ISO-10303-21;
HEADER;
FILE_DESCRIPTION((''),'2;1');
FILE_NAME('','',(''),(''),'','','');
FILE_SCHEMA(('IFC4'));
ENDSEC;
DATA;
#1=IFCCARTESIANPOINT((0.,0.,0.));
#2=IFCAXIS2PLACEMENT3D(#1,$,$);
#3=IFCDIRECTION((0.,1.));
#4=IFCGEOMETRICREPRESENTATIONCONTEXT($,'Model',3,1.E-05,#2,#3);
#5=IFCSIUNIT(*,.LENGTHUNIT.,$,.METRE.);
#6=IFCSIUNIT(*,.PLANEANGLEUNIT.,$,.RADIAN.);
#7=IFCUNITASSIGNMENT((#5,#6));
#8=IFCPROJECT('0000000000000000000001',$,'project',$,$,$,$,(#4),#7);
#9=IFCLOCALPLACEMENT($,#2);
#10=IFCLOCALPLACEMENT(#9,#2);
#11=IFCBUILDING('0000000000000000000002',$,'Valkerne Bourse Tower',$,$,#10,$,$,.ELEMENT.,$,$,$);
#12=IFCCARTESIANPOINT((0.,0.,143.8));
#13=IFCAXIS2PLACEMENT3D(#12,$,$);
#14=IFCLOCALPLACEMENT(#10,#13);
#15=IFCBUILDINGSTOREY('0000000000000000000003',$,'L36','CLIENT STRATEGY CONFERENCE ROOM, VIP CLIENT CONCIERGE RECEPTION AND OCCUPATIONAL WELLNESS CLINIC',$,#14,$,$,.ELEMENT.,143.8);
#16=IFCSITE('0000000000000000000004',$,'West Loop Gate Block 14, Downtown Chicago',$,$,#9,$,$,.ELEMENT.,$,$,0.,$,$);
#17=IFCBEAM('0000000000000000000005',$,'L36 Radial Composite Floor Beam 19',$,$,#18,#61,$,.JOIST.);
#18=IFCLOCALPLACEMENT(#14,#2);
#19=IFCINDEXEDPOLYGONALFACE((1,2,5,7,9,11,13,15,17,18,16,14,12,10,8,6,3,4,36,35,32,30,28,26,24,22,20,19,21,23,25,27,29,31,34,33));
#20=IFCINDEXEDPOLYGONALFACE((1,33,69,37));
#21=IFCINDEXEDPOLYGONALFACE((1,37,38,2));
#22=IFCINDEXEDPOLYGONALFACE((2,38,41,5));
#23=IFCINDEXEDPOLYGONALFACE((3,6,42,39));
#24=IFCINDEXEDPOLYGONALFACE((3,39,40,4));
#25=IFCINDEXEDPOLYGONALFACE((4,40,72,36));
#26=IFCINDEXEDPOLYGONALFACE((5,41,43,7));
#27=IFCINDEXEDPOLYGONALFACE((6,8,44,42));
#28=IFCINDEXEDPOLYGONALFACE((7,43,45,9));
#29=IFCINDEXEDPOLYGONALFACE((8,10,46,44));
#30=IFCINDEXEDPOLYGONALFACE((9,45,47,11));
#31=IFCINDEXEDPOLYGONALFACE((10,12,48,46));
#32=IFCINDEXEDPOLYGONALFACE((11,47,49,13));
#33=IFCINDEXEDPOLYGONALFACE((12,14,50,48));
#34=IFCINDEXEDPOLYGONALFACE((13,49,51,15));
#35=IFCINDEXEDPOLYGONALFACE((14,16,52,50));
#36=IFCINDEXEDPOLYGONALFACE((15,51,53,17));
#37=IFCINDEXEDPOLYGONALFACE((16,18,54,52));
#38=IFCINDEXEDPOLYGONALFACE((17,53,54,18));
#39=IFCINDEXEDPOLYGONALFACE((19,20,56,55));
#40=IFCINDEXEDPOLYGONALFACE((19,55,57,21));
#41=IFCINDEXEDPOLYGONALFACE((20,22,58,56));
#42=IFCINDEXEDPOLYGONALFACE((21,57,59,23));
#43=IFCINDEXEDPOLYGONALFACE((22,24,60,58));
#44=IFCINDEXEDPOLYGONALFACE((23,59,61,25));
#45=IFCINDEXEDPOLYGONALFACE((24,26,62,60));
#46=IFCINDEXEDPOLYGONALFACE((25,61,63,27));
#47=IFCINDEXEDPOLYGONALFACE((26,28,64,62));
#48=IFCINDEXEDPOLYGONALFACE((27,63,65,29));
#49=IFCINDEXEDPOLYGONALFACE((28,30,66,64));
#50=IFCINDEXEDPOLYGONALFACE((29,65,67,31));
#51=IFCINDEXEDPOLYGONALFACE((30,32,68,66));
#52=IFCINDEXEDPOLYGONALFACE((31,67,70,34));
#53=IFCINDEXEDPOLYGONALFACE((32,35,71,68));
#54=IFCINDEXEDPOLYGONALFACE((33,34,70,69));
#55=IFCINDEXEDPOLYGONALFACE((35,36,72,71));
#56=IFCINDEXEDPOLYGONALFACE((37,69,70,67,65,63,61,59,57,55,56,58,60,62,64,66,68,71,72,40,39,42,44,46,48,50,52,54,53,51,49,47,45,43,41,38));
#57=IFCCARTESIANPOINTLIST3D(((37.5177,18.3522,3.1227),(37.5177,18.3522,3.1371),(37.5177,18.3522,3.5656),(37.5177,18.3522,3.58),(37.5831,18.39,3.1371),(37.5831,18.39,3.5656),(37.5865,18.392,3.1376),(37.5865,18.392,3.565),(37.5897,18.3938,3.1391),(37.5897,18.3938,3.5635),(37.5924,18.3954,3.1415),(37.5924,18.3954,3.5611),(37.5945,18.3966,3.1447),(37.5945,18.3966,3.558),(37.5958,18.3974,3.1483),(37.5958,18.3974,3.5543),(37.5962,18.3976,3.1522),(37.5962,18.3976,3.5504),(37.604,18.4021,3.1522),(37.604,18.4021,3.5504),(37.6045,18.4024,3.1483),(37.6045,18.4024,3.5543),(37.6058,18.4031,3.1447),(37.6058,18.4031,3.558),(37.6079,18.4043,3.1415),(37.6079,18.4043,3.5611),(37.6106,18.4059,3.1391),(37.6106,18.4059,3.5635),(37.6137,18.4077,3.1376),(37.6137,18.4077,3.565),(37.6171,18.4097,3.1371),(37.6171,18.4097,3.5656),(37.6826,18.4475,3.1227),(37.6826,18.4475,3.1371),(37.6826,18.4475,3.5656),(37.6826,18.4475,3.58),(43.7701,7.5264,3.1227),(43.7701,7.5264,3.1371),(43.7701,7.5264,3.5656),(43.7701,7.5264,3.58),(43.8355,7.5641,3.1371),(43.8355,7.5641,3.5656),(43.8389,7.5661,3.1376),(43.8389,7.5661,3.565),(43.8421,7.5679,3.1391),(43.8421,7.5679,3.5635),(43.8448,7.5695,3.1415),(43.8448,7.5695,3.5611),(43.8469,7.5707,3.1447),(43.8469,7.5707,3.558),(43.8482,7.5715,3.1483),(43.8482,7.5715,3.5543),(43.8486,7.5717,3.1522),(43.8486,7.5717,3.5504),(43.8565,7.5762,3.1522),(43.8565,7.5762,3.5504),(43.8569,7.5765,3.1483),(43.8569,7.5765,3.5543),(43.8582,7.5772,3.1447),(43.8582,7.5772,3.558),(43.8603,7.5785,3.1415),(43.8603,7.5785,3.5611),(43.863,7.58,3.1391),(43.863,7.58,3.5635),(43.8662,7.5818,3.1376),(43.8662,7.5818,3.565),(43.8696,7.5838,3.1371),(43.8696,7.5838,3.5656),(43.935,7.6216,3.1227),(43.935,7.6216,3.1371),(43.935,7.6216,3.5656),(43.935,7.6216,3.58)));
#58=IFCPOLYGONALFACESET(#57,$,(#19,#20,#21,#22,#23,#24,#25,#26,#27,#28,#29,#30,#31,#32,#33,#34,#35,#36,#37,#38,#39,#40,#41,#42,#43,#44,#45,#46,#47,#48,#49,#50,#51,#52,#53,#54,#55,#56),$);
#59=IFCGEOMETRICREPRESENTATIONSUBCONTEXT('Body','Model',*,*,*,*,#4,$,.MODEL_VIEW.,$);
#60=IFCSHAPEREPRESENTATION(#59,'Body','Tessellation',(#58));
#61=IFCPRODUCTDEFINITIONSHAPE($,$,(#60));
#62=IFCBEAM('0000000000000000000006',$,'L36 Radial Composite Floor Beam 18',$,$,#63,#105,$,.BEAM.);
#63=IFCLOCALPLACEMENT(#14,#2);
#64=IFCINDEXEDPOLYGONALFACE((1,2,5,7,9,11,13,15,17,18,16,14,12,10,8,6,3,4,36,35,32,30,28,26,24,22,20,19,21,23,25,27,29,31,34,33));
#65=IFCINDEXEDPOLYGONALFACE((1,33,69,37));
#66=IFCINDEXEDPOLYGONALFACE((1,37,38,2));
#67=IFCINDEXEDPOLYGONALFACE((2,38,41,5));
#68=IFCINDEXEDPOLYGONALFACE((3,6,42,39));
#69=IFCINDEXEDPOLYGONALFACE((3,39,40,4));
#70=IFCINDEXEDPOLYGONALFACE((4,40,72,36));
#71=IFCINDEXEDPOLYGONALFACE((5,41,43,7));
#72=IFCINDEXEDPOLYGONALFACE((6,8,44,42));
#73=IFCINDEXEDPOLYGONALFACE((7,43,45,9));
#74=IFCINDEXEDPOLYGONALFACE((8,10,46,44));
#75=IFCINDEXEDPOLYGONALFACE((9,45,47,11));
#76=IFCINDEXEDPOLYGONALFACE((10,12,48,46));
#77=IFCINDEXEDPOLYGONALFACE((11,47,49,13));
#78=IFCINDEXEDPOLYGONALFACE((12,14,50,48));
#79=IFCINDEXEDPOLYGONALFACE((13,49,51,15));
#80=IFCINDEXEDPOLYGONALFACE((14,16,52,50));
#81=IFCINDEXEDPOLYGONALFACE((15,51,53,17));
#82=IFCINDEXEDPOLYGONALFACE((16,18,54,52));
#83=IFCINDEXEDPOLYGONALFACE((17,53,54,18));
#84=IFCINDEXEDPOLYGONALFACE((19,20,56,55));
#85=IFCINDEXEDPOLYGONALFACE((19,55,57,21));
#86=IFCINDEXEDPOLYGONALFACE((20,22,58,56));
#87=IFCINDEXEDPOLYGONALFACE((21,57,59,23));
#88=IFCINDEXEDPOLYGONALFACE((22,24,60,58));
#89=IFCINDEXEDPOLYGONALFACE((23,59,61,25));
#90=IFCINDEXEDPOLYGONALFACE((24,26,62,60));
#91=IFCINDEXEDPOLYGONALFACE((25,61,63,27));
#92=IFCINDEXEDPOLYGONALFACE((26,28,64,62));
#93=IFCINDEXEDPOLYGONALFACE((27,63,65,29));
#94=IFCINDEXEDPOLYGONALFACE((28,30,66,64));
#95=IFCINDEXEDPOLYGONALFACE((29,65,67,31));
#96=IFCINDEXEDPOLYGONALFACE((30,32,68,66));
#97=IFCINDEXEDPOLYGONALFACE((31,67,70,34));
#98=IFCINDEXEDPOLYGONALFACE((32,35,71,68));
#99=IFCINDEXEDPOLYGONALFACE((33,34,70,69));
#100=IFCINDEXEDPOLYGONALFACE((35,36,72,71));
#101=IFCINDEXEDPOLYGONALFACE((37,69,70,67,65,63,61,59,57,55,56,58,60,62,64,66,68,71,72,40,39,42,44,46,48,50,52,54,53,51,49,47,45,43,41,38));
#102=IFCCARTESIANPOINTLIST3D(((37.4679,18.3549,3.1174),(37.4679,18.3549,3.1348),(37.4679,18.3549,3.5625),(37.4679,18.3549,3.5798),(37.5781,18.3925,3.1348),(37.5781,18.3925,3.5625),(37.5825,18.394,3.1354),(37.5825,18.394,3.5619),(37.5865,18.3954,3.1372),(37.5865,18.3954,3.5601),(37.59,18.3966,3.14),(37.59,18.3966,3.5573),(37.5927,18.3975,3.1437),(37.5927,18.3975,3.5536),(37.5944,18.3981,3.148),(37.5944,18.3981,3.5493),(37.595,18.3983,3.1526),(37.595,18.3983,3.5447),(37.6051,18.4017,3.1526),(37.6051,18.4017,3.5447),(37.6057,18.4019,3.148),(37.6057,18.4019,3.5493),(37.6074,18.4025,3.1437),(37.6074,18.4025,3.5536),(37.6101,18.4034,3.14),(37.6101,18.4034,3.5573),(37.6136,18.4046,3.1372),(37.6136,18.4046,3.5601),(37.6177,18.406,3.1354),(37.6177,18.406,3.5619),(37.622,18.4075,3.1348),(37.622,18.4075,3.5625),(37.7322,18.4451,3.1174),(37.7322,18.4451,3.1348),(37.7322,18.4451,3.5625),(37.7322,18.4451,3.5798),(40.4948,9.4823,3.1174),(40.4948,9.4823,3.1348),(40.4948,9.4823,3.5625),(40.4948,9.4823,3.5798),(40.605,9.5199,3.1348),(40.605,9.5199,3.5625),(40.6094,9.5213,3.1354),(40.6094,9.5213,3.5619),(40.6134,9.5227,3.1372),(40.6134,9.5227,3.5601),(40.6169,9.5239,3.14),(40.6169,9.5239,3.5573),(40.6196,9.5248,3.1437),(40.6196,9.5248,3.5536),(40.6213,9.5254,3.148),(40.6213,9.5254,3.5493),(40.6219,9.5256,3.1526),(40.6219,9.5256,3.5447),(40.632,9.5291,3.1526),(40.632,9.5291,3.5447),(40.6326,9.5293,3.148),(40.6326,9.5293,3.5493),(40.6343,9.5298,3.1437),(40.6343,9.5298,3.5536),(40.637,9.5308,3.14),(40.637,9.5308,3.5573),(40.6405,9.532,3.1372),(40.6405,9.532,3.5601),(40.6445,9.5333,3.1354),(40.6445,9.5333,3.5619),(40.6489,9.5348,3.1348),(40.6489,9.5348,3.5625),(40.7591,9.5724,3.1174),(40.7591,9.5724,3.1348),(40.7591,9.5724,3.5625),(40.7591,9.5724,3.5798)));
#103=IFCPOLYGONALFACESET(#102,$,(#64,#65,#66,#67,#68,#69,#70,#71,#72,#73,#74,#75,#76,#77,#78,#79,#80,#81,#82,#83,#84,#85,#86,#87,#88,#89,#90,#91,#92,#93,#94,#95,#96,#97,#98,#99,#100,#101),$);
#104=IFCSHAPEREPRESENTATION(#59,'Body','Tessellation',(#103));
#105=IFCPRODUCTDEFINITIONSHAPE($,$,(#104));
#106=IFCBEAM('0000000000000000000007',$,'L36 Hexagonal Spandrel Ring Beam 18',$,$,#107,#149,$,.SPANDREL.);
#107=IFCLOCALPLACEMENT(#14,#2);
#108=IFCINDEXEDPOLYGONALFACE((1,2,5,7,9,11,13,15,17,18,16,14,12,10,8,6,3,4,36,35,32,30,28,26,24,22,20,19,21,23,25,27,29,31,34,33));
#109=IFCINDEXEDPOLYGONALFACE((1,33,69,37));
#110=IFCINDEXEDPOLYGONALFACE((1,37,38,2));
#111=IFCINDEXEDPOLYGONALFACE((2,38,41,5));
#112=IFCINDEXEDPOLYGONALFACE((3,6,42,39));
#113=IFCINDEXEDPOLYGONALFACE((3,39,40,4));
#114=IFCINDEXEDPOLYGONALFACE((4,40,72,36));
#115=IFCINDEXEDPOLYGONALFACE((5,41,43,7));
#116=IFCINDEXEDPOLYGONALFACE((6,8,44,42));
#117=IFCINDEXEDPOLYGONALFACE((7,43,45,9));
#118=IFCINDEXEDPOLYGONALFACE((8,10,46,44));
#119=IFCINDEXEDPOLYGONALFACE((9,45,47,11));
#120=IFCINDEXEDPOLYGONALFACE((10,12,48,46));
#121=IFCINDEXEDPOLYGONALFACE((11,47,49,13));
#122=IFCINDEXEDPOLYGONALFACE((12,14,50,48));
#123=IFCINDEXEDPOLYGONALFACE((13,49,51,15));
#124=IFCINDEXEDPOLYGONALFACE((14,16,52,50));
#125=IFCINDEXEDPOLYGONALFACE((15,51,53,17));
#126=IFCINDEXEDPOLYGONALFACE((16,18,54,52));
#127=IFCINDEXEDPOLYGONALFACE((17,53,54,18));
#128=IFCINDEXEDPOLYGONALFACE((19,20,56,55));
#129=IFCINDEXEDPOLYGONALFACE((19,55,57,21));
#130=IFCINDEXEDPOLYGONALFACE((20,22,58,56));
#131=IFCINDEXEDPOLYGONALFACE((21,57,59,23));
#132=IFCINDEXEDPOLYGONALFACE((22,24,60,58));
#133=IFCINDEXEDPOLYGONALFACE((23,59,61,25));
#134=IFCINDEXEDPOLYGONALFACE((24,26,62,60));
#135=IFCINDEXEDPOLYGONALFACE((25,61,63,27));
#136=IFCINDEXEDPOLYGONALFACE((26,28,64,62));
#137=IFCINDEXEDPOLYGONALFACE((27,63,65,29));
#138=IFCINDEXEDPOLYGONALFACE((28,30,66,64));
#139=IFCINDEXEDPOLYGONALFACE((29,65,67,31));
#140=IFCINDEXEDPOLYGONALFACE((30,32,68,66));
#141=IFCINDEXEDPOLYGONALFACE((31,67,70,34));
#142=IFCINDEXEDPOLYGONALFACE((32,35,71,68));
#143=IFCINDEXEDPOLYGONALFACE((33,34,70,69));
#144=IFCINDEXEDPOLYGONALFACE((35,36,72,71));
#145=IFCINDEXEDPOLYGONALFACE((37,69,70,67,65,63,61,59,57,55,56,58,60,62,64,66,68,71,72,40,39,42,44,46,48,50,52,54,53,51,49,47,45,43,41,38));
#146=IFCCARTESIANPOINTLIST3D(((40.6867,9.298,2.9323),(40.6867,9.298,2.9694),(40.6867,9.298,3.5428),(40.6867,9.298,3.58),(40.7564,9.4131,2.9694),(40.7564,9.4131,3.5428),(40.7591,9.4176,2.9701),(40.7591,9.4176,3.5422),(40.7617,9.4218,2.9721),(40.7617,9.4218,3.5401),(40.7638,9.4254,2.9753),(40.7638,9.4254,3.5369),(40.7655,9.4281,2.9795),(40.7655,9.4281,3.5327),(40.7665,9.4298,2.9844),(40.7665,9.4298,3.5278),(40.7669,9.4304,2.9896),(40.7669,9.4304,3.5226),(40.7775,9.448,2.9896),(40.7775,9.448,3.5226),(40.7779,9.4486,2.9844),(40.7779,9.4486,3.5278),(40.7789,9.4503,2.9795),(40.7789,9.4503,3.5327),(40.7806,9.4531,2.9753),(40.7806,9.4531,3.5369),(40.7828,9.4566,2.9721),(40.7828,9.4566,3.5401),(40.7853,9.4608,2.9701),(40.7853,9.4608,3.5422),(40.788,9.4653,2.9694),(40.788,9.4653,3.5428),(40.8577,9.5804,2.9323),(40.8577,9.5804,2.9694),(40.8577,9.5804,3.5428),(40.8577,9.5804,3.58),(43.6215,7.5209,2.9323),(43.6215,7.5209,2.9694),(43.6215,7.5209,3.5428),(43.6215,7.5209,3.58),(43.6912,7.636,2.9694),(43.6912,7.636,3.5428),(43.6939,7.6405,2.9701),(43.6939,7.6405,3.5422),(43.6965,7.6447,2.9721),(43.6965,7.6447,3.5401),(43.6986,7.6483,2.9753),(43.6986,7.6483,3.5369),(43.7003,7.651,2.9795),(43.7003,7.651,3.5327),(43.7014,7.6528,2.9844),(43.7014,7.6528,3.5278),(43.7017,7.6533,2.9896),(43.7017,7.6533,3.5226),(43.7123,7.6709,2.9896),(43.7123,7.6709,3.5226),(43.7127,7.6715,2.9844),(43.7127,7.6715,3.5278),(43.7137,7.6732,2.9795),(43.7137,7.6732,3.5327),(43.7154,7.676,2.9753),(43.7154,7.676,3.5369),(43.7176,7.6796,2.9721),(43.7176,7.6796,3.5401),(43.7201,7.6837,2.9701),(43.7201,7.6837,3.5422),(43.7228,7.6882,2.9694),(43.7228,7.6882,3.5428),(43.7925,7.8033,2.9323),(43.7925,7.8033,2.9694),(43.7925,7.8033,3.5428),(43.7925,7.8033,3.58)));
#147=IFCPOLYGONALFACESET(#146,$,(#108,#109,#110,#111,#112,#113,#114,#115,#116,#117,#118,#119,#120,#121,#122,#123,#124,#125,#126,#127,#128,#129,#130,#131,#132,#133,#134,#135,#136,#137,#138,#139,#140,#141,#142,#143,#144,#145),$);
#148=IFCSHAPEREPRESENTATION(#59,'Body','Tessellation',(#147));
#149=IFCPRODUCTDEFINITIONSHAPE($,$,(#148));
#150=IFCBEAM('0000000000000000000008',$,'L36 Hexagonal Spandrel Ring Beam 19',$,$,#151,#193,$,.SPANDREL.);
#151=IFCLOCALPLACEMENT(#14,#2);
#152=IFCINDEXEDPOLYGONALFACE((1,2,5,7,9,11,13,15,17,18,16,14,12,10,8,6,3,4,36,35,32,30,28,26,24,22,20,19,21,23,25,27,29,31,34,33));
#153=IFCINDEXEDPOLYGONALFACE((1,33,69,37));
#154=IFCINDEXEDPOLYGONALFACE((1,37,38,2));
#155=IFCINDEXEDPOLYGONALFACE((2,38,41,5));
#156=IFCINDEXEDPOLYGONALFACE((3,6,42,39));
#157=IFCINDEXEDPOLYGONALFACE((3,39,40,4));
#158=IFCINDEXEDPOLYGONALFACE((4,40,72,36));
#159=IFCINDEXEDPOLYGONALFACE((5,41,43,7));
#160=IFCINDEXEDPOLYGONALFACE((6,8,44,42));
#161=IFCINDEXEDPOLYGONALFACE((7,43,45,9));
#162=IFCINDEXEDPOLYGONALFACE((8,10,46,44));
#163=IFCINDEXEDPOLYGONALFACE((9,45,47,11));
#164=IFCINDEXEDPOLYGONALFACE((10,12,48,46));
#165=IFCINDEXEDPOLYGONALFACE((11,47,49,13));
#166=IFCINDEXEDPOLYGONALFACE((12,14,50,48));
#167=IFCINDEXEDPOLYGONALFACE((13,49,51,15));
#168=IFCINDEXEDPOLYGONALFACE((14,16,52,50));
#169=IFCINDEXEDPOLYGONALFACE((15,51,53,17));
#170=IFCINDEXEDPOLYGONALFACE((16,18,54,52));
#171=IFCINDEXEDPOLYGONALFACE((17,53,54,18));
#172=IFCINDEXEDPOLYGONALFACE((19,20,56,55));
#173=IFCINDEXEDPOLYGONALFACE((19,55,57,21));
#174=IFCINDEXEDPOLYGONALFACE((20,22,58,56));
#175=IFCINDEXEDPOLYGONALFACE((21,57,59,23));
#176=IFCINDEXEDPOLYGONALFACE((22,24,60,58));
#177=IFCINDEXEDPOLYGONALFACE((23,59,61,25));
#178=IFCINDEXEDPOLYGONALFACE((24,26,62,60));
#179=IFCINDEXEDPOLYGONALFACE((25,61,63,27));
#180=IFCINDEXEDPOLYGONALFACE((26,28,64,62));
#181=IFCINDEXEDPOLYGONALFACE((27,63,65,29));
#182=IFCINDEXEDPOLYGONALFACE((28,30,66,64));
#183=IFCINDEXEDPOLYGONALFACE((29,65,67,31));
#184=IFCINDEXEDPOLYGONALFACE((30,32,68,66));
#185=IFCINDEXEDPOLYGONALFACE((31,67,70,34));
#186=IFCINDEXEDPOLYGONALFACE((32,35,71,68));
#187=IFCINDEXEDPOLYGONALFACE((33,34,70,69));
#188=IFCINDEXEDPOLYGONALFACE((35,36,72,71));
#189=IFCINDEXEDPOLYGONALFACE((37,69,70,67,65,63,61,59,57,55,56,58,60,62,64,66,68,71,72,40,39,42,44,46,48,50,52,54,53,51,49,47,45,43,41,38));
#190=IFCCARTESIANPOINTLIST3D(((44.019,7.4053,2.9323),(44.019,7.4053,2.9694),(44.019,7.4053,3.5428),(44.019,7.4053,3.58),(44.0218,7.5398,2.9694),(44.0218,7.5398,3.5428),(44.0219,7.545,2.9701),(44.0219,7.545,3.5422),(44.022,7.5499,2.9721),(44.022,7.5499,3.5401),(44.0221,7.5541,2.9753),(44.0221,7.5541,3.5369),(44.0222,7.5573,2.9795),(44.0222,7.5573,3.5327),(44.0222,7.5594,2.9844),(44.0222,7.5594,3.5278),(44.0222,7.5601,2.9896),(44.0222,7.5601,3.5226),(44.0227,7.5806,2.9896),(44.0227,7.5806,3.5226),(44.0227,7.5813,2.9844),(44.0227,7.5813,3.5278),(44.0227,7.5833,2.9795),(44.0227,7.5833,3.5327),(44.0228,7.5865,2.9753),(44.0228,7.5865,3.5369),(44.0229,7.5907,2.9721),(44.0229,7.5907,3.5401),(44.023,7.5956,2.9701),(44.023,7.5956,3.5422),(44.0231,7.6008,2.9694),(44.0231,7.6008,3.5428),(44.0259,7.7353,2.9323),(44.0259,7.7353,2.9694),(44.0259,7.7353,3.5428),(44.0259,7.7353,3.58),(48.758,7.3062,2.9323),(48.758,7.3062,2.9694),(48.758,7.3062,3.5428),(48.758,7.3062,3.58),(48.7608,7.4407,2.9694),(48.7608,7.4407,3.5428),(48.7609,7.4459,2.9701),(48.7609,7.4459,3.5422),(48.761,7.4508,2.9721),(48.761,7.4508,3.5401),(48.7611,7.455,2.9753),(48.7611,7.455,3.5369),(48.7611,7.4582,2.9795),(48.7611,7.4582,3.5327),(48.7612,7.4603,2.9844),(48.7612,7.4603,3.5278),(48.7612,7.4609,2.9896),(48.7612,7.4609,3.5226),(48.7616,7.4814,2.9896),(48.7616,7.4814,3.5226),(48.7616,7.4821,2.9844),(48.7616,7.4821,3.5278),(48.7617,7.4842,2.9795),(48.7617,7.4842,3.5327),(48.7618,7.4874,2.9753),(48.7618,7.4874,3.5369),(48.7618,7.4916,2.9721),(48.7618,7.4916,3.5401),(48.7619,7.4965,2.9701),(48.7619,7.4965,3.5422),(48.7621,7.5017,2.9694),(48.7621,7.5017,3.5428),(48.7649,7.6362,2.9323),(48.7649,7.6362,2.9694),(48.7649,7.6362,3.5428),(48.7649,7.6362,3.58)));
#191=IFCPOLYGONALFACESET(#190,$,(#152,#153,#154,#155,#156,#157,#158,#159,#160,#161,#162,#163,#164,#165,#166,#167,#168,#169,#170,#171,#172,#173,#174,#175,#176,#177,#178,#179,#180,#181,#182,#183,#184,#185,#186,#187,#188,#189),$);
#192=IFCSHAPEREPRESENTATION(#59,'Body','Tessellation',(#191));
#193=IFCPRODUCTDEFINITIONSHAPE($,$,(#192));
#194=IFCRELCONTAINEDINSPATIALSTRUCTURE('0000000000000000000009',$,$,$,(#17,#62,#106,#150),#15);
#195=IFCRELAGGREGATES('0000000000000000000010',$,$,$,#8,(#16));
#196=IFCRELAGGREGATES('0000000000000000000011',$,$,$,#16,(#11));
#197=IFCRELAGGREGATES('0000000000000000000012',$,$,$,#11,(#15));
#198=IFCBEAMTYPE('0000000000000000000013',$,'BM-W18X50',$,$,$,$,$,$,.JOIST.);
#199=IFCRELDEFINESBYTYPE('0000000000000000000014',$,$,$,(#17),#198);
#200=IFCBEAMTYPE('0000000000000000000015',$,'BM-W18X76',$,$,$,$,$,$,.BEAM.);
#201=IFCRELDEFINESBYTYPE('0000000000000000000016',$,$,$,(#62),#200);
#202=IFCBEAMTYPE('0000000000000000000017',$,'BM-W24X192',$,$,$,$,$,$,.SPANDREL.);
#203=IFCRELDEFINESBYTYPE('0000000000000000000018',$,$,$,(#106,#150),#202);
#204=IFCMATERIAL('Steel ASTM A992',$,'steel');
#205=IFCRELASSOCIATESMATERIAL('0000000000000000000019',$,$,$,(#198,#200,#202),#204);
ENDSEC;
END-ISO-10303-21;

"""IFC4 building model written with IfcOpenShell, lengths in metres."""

from ifc_helpers import new_model, si_unit, direction, frame, origin, origin_2d, place, context, subcontext, project, spatial, i_section, extrude, material, material_profile, profile_set, type_object, element, save


model = new_model("IFC4")

# Units and contexts
model_context = context("Model", 3, precision=1e-05, world=origin(), true_north=direction((0.0, 1.0)))
body_context = subcontext(model_context, "Body", "Model", "MODEL_VIEW")
ifc_project = project(units=[si_unit("LENGTHUNIT", "METRE"), si_unit("PLANEANGLEUNIT", "RADIAN")], contexts=[model_context])

# Site, building, storey
site_placement = place(None, origin())
site = spatial("IfcSite", under=ifc_project, at=site_placement, Name="West Loop Gate Block 14, Downtown Chicago", CompositionType="ELEMENT", RefElevation=0.0)
building_placement = place(site_placement, origin())
building = spatial("IfcBuilding", under=site, at=building_placement, Name="Valkerne Bourse Tower", CompositionType="ELEMENT")
storey_placement = place(building_placement, frame((0.0, 0.0, 143.8)))
storey = spatial("IfcBuildingStorey", under=building, at=storey_placement, Name="L36", Description="CLIENT STRATEGY CONFERENCE ROOM, VIP CLIENT CONCIERGE RECEPTION AND OCCUPATIONAL WELLNESS CLINIC", CompositionType="ELEMENT", Elevation=143.8)

# Beams
ifc_material_1 = material(Name="Steel ASTM A992", Category="steel")
ifc_material_profile_1 = material_profile(ifc_material_1, i_section(OverallWidth=0.1904, OverallDepth=0.4573, WebThickness=0.009, FlangeThickness=0.0144, FilletRadius=0.0151, at=origin_2d()), Name="W18X50")
ifc_profile_set_1 = profile_set([ifc_material_profile_1], Name="Steel ASTM A992")
beam_type_1 = type_object("IfcBeamType", Name="BM-W18X50", PredefinedType="JOIST", material=ifc_profile_set_1)
beam_1_placement = place(storey_placement, frame((43.8525, 7.574, 3.3513), z_axis=(-0.500125, 0.865953, 0.0), x_axis=(-0.865953, -0.500125, 0.0)))
element("IfcBeam", 1, at=beam_1_placement, inside=storey, type_object=beam_type_1, Name="L36 Radial Composite Floor Beam 19", PredefinedType="JOIST", context=body_context, shape_type="SweptSolid", body=[
    extrude(i_section(OverallWidth=0.1904, OverallDepth=0.4573, WebThickness=0.009, FlangeThickness=0.0144, FilletRadius=0.0151, at=origin_2d()), origin(), (0.0, 0.0, 1.0), 12.5017),
])
ifc_material_profile_2 = material_profile(ifc_material_1, i_section(OverallWidth=0.2793, OverallDepth=0.4624, WebThickness=0.0107, FlangeThickness=0.0173, FilletRadius=0.0178, at=origin_2d()), Name="W18X76")
ifc_profile_set_2 = profile_set([ifc_material_profile_2], Name="Steel ASTM A992")
beam_type_2 = type_object("IfcBeamType", Name="BM-W18X76", PredefinedType="BEAM", material=ifc_profile_set_2)
beam_2_placement = place(storey_placement, frame((40.627, 9.5273, 3.3486), z_axis=(-0.322876, 0.946441, 0.0), x_axis=(-0.946441, -0.322876, 0.0)))
element("IfcBeam", 2, at=beam_2_placement, inside=storey, type_object=beam_type_2, Name="L36 Radial Composite Floor Beam 18", PredefinedType="BEAM", context=body_context, shape_type="SweptSolid", body=[
    extrude(i_section(OverallWidth=0.2793, OverallDepth=0.4624, WebThickness=0.0107, FlangeThickness=0.0173, FilletRadius=0.0178, at=origin_2d()), origin(), (0.0, 0.0, 1.0), 9.3748),
])
ifc_material_profile_3 = material_profile(ifc_material_1, i_section(OverallWidth=0.3301, OverallDepth=0.6477, WebThickness=0.0205, FlangeThickness=0.0371, FilletRadius=0.0203, at=origin_2d()), Name="W24X192")
ifc_profile_set_3 = profile_set([ifc_material_profile_3], Name="Steel ASTM A992")
beam_type_3 = type_object("IfcBeamType", Name="BM-W24X192", PredefinedType="SPANDREL", material=ifc_profile_set_3)
beam_3_placement = place(storey_placement, frame((40.7722, 9.4392, 3.2561), z_axis=(0.855401, -0.517966, 0.0), x_axis=(0.517966, 0.855401, 0.0)))
element("IfcBeam", 3, at=beam_3_placement, inside=storey, type_object=beam_type_3, Name="L36 Hexagonal Spandrel Ring Beam 18", PredefinedType="SPANDREL", context=body_context, shape_type="SweptSolid", body=[
    extrude(i_section(OverallWidth=0.3301, OverallDepth=0.6477, WebThickness=0.0205, FlangeThickness=0.0371, FilletRadius=0.0203, at=origin_2d()), origin(), (0.0, 0.0, 1.0), 3.4309),
])
beam_4_placement = place(storey_placement, frame((44.0225, 7.5703, 3.2561), z_axis=(0.999781, -0.020911, 0.0), x_axis=(0.020911, 0.999781, 0.0)))
element("IfcBeam", 4, at=beam_4_placement, inside=storey, type_object=beam_type_3, Name="L36 Hexagonal Spandrel Ring Beam 19", PredefinedType="SPANDREL", context=body_context, shape_type="SweptSolid", body=[
    extrude(i_section(OverallWidth=0.3301, OverallDepth=0.6477, WebThickness=0.0205, FlangeThickness=0.0371, FilletRadius=0.0203, at=origin_2d()), origin(), (0.0, 0.0, 1.0), 4.74),
])

save(model, "model.ifc")
